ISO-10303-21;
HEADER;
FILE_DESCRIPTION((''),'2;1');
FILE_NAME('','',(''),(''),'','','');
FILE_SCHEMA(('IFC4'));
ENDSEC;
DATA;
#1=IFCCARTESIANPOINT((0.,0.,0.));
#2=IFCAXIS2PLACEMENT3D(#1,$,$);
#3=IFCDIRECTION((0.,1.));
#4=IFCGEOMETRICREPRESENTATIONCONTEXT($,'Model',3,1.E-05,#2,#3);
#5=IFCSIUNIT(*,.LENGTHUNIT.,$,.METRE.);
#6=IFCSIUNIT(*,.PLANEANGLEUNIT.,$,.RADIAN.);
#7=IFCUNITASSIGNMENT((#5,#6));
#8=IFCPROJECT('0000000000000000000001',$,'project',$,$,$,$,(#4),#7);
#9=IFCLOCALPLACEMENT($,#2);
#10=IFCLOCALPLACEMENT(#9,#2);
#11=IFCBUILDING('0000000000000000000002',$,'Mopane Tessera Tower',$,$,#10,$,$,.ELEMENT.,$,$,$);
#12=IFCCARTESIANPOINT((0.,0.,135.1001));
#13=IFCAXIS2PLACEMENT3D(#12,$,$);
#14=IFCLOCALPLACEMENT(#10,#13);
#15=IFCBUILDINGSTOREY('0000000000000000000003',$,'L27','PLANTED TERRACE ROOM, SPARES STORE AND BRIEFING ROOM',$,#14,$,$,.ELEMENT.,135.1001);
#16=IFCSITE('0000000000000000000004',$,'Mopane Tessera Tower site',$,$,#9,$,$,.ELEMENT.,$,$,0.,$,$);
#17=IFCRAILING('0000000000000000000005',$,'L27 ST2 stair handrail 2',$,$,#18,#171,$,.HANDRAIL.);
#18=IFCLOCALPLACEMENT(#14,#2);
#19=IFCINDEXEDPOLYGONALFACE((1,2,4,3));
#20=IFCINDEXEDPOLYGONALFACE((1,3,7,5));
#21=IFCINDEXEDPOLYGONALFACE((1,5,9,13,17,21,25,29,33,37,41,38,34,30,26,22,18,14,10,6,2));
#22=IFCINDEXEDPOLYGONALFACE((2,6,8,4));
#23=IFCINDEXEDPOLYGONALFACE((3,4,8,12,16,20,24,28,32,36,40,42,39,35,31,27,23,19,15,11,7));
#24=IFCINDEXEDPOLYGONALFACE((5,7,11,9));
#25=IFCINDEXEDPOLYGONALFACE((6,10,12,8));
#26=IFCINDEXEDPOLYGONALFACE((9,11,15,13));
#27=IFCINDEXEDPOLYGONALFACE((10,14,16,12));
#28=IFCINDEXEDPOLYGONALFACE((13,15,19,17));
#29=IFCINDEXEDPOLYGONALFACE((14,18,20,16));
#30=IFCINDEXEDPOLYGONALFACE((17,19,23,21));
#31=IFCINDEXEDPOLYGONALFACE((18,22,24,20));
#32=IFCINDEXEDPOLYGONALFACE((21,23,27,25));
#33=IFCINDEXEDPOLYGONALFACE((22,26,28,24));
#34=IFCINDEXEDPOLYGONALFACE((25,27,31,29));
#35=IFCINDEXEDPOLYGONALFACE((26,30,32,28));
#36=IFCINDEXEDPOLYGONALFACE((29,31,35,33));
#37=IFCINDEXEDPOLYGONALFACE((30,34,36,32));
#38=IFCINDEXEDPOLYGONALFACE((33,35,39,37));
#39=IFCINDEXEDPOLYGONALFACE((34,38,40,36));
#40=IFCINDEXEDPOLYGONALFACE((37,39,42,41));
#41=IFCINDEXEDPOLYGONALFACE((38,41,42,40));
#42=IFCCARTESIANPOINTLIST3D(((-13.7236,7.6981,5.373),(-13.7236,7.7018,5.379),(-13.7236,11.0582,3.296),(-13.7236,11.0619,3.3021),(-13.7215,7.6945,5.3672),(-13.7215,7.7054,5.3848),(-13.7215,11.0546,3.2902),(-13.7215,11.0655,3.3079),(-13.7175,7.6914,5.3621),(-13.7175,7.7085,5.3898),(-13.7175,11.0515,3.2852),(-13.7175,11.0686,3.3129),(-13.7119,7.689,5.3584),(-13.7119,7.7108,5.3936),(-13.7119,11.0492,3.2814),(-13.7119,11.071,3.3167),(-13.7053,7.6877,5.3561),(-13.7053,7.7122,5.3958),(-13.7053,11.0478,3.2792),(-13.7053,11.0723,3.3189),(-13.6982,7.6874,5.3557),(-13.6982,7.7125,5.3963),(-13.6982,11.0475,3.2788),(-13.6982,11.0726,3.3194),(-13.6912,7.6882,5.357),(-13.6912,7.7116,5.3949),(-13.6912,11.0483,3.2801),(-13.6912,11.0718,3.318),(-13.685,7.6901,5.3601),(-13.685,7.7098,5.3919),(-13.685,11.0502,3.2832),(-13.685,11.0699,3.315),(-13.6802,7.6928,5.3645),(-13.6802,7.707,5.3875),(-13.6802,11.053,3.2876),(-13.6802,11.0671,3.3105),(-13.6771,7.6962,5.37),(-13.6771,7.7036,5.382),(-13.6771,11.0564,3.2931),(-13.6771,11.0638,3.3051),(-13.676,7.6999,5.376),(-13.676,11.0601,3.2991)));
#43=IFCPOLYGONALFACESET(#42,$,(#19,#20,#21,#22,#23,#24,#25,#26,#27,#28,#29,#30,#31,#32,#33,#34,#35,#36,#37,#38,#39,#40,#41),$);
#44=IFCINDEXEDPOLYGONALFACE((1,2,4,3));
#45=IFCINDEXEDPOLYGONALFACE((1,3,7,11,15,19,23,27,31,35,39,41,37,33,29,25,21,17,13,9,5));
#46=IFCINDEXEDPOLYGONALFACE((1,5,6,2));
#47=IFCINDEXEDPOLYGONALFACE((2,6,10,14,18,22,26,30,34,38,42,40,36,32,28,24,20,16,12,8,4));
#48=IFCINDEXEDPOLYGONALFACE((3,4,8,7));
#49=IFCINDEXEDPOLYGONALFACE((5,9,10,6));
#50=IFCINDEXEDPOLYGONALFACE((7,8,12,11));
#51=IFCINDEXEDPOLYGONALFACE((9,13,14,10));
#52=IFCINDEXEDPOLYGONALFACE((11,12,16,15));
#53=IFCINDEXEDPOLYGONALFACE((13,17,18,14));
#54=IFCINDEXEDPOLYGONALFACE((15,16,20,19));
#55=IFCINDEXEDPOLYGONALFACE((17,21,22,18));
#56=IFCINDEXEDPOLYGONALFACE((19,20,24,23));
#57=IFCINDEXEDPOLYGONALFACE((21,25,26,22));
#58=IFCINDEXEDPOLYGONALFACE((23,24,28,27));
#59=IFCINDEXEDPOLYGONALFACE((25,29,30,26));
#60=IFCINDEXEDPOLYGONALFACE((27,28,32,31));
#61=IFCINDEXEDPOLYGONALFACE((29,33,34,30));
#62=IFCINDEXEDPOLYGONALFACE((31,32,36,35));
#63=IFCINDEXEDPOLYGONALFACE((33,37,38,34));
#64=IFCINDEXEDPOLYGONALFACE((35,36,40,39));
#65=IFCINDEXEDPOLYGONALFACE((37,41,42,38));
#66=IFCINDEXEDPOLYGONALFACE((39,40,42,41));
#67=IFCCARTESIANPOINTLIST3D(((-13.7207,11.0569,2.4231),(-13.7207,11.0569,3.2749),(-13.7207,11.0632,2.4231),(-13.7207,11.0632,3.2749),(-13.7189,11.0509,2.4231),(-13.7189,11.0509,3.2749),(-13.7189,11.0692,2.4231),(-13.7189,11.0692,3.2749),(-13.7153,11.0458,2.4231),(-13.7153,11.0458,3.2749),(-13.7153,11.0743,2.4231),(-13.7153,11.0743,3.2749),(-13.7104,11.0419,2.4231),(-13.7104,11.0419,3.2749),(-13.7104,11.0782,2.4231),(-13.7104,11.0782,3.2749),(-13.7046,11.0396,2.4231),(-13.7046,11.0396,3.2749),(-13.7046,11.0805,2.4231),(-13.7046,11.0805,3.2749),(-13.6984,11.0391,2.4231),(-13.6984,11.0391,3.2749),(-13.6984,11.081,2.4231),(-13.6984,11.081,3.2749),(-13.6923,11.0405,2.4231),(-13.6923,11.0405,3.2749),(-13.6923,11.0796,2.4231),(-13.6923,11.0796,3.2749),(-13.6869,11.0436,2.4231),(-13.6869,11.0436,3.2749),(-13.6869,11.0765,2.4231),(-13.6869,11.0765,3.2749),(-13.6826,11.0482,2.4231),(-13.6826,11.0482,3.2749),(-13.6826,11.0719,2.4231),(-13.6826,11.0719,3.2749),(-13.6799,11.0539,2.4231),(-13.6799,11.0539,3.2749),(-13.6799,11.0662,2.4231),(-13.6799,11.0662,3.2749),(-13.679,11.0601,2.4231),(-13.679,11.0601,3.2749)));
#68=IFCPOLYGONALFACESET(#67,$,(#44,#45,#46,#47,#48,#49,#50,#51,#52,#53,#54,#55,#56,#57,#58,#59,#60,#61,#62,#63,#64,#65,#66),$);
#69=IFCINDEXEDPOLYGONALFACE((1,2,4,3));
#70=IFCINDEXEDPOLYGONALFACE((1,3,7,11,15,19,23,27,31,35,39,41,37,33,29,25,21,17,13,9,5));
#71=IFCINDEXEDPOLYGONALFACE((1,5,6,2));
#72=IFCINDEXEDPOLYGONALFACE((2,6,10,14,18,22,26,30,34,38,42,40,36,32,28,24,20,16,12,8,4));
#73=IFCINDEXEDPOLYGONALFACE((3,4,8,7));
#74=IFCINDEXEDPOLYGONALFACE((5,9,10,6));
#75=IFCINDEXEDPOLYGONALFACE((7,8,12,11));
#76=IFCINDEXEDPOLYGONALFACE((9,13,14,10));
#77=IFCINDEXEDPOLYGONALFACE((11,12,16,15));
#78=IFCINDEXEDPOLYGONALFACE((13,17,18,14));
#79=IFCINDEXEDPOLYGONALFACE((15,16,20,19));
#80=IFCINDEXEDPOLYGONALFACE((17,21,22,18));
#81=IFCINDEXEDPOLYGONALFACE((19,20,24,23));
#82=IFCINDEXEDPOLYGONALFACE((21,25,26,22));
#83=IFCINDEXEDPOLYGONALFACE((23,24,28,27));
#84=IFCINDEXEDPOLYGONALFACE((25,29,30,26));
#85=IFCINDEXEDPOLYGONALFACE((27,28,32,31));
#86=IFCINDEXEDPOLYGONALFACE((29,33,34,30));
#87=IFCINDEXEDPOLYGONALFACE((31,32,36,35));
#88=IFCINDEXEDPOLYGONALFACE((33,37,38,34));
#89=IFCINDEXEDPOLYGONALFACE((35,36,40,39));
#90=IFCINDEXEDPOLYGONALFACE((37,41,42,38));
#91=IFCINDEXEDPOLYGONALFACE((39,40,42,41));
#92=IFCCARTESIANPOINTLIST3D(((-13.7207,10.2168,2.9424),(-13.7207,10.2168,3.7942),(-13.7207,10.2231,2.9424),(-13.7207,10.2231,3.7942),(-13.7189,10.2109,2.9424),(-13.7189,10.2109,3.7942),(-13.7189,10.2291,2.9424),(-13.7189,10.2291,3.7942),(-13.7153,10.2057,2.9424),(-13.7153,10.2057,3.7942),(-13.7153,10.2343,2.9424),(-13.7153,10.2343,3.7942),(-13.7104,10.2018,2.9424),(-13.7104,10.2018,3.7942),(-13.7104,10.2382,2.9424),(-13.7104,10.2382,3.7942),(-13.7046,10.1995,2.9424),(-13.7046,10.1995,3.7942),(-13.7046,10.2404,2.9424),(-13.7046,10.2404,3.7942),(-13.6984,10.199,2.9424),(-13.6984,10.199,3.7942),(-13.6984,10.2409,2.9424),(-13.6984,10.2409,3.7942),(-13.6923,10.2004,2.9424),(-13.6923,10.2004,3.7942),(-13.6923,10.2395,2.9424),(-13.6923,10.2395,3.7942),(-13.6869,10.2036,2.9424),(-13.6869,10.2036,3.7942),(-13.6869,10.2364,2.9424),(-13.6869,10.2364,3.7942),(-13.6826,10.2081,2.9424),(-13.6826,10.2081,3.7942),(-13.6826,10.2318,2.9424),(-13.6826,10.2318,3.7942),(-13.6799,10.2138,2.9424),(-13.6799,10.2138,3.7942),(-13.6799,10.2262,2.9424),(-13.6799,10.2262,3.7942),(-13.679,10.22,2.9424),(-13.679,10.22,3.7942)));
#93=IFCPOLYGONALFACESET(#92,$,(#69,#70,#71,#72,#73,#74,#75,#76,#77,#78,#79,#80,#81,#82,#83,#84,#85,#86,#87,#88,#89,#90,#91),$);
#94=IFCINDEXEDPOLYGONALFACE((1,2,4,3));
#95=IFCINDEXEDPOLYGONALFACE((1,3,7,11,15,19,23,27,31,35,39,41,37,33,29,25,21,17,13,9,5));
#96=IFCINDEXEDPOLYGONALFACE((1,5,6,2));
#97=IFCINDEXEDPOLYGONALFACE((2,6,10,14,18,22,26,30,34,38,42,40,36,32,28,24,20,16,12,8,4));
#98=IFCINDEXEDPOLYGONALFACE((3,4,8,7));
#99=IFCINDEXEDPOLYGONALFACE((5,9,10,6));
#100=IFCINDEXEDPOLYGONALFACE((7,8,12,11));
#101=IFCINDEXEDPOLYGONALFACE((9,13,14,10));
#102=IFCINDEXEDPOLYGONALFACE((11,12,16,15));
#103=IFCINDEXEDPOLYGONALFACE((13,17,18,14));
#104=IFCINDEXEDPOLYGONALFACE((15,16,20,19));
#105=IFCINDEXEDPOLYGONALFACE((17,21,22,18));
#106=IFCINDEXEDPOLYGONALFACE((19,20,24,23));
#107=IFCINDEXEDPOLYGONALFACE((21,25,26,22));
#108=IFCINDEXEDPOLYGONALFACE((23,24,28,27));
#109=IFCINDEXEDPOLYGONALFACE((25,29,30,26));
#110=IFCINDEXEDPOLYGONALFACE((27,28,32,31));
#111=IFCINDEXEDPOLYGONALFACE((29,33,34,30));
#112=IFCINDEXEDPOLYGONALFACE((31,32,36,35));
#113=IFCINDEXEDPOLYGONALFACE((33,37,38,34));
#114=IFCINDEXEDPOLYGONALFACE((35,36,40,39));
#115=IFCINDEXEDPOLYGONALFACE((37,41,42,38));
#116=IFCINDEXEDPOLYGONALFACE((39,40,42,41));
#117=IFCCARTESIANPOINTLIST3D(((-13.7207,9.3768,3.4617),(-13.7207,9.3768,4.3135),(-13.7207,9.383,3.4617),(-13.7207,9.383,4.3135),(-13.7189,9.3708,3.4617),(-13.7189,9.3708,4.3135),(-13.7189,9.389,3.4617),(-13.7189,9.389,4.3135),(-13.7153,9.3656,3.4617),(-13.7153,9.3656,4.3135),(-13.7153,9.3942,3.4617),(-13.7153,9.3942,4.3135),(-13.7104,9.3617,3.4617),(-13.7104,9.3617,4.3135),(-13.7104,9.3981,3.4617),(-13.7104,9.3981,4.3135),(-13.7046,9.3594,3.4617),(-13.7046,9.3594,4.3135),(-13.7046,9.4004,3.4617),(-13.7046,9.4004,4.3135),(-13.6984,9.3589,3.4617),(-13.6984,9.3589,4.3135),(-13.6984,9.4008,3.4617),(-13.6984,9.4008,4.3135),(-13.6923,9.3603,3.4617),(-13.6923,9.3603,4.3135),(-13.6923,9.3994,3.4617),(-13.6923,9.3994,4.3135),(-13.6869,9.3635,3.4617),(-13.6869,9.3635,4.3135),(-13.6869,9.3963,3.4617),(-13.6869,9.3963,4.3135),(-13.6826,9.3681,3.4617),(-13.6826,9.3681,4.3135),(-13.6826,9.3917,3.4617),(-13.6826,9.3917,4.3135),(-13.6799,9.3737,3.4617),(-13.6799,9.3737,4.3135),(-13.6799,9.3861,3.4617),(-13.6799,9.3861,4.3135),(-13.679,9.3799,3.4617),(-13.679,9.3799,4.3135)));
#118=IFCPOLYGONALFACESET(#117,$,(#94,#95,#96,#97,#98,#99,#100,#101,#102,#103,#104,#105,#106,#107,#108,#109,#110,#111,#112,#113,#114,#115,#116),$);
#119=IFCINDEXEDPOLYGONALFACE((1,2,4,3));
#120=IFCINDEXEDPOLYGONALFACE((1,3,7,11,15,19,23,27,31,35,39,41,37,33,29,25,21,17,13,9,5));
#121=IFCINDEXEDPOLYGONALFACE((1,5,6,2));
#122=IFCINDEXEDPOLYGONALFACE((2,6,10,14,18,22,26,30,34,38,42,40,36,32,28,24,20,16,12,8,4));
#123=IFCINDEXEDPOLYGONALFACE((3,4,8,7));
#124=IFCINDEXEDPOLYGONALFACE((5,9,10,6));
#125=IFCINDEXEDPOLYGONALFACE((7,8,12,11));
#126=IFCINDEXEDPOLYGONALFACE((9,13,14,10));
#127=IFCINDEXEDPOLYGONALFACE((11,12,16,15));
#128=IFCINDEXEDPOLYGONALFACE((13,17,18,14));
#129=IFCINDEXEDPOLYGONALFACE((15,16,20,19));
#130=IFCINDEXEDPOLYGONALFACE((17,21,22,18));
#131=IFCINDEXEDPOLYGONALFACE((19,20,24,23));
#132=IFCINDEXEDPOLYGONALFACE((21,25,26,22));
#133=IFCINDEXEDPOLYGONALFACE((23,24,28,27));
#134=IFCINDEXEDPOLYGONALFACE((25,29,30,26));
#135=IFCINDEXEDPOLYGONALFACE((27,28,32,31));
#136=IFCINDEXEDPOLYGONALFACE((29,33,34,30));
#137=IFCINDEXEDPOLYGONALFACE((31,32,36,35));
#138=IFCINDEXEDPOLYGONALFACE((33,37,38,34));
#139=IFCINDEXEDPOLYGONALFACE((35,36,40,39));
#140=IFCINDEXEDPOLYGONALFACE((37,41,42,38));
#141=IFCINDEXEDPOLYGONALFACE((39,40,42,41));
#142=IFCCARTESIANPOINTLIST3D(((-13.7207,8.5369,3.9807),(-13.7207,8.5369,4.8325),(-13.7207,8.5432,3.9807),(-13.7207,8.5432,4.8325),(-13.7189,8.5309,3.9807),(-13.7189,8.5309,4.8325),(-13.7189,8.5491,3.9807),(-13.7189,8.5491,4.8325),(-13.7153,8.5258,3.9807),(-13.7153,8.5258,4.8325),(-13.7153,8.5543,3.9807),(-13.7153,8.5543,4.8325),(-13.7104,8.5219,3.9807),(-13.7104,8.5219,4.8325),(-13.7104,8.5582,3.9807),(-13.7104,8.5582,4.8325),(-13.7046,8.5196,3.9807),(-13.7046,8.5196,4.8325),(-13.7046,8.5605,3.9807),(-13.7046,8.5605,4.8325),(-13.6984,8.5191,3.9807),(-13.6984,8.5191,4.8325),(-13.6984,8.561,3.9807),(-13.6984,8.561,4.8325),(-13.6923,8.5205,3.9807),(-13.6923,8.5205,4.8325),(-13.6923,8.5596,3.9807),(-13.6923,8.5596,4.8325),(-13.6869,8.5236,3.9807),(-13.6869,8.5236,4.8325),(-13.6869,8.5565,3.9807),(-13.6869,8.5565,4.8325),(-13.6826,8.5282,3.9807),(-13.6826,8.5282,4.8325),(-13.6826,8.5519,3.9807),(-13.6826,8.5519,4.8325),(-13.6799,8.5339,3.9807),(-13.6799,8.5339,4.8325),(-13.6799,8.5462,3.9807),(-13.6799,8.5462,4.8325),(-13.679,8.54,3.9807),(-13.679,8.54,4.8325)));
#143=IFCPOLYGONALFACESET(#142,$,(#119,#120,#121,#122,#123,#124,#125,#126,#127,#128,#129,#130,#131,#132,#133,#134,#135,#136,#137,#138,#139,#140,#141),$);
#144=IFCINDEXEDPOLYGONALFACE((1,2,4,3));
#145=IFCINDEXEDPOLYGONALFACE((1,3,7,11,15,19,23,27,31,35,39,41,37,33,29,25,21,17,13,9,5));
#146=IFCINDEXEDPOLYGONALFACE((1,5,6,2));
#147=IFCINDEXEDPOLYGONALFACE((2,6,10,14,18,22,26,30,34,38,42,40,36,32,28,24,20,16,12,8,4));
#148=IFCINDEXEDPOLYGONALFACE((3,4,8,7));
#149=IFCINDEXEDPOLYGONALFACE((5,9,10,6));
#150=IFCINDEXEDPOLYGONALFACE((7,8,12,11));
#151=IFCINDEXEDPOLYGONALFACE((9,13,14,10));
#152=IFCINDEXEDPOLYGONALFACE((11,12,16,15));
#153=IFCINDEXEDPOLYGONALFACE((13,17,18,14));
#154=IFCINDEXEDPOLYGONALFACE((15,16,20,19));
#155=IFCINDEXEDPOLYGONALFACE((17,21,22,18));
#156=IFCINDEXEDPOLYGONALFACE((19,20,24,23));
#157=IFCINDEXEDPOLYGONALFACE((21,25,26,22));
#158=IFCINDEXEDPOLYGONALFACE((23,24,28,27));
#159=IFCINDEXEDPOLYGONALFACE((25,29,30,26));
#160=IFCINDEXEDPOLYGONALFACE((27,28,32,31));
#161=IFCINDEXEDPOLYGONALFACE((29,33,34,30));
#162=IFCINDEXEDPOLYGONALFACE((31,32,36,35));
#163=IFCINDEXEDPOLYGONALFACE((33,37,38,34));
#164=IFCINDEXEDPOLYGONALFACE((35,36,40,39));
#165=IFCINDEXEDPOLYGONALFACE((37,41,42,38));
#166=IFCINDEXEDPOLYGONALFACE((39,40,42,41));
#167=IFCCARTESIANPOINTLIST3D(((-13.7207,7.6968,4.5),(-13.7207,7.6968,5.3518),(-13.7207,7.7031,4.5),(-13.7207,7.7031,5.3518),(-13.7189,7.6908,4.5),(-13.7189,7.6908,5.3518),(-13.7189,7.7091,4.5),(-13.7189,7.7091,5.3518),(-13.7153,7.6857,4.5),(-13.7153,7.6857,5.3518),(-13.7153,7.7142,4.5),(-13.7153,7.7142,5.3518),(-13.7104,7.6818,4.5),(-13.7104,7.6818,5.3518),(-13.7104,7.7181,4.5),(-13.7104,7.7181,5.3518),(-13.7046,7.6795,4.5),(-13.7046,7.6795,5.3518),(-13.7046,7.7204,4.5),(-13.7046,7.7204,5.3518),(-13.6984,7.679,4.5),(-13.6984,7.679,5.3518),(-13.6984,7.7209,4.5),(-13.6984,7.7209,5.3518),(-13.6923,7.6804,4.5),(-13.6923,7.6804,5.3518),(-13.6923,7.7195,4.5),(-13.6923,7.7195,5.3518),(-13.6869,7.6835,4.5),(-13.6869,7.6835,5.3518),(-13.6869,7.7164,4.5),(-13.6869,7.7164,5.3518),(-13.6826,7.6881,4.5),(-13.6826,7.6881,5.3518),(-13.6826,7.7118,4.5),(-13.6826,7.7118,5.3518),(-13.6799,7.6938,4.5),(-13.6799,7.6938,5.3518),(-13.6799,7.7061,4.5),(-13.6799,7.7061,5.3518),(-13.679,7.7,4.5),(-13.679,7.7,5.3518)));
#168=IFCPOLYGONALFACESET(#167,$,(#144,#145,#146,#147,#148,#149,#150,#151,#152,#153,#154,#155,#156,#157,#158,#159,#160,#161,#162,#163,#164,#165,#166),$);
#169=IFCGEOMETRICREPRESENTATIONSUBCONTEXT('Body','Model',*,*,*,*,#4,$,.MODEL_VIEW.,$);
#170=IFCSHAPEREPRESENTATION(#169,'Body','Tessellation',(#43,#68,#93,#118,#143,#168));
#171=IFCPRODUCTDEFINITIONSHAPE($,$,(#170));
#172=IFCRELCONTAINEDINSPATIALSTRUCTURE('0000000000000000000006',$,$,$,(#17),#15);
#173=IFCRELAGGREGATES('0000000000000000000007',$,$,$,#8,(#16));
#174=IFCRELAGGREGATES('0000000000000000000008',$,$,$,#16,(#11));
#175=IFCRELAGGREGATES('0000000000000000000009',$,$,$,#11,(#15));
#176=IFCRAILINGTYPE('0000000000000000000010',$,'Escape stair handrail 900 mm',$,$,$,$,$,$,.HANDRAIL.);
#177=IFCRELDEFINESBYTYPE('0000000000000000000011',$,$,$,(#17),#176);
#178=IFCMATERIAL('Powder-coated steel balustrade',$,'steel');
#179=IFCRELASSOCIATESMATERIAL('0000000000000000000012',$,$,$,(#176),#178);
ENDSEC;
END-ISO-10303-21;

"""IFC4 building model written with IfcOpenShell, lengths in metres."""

from ifc_helpers import new_model, si_unit, direction, frame, origin, origin_2d, place, context, subcontext, project, spatial, circle, extrude, material, type_object, element, save


model = new_model("IFC4")

# Units and contexts
model_context = context("Model", 3, precision=1e-05, world=origin(), true_north=direction((0.0, 1.0)))
body_context = subcontext(model_context, "Body", "Model", "MODEL_VIEW")
ifc_project = project(units=[si_unit("LENGTHUNIT", "METRE"), si_unit("PLANEANGLEUNIT", "RADIAN")], contexts=[model_context])

# Site, building, storey
site_placement = place(None, origin())
site = spatial("IfcSite", under=ifc_project, at=site_placement, Name="Mopane Tessera Tower site", CompositionType="ELEMENT", RefElevation=0.0)
building_placement = place(site_placement, origin())
building = spatial("IfcBuilding", under=site, at=building_placement, Name="Mopane Tessera Tower", CompositionType="ELEMENT")
storey_placement = place(building_placement, frame((0.0, 0.0, 135.1001)))
storey = spatial("IfcBuildingStorey", under=building, at=storey_placement, Name="L27", Description="PLANTED TERRACE ROOM, SPARES STORE AND BRIEFING ROOM", CompositionType="ELEMENT", Elevation=135.1001)

# Railing
ifc_material_1 = material(Name="Powder-coated steel balustrade", Category="steel")
railing_type_1 = type_object("IfcRailingType", Name="Escape stair handrail 900 mm", PredefinedType="HANDRAIL", material=ifc_material_1)
railing_1_placement = place(storey_placement, frame((-13.7, 11.0601, 2.4231)))
element("IfcRailing", 1, at=railing_1_placement, inside=storey, type_object=railing_type_1, Name="L27 ST2 stair handrail 2", PredefinedType="HANDRAIL", context=body_context, shape_type="SweptSolid", body=[
    extrude(circle(Radius=0.0239, at=origin_2d()), frame((0.0, 0.0, 0.876), z_axis=(0.0, -0.850623, 0.525776), x_axis=(1.0, 0.0, 0.0)), (0.0, 0.0, 1.0), 3.9502),
    extrude(circle(Radius=0.021, at=origin_2d()), origin(), (0.0, 0.0, 1.0), 0.8518),
    extrude(circle(Radius=0.021, at=origin_2d()), frame((0.0, -0.8401, 0.5193)), (0.0, 0.0, 1.0), 0.8518),
    extrude(circle(Radius=0.021, at=origin_2d()), frame((0.0, -1.6802, 1.0386)), (0.0, 0.0, 1.0), 0.8518),
    extrude(circle(Radius=0.021, at=origin_2d()), frame((0.0, -2.52, 1.5576)), (0.0, 0.0, 1.0), 0.8518),
    extrude(circle(Radius=0.021, at=origin_2d()), frame((0.0, -3.3601, 2.0769)), (0.0, 0.0, 1.0), 0.8518),
])

save(model, "model.ifc")
